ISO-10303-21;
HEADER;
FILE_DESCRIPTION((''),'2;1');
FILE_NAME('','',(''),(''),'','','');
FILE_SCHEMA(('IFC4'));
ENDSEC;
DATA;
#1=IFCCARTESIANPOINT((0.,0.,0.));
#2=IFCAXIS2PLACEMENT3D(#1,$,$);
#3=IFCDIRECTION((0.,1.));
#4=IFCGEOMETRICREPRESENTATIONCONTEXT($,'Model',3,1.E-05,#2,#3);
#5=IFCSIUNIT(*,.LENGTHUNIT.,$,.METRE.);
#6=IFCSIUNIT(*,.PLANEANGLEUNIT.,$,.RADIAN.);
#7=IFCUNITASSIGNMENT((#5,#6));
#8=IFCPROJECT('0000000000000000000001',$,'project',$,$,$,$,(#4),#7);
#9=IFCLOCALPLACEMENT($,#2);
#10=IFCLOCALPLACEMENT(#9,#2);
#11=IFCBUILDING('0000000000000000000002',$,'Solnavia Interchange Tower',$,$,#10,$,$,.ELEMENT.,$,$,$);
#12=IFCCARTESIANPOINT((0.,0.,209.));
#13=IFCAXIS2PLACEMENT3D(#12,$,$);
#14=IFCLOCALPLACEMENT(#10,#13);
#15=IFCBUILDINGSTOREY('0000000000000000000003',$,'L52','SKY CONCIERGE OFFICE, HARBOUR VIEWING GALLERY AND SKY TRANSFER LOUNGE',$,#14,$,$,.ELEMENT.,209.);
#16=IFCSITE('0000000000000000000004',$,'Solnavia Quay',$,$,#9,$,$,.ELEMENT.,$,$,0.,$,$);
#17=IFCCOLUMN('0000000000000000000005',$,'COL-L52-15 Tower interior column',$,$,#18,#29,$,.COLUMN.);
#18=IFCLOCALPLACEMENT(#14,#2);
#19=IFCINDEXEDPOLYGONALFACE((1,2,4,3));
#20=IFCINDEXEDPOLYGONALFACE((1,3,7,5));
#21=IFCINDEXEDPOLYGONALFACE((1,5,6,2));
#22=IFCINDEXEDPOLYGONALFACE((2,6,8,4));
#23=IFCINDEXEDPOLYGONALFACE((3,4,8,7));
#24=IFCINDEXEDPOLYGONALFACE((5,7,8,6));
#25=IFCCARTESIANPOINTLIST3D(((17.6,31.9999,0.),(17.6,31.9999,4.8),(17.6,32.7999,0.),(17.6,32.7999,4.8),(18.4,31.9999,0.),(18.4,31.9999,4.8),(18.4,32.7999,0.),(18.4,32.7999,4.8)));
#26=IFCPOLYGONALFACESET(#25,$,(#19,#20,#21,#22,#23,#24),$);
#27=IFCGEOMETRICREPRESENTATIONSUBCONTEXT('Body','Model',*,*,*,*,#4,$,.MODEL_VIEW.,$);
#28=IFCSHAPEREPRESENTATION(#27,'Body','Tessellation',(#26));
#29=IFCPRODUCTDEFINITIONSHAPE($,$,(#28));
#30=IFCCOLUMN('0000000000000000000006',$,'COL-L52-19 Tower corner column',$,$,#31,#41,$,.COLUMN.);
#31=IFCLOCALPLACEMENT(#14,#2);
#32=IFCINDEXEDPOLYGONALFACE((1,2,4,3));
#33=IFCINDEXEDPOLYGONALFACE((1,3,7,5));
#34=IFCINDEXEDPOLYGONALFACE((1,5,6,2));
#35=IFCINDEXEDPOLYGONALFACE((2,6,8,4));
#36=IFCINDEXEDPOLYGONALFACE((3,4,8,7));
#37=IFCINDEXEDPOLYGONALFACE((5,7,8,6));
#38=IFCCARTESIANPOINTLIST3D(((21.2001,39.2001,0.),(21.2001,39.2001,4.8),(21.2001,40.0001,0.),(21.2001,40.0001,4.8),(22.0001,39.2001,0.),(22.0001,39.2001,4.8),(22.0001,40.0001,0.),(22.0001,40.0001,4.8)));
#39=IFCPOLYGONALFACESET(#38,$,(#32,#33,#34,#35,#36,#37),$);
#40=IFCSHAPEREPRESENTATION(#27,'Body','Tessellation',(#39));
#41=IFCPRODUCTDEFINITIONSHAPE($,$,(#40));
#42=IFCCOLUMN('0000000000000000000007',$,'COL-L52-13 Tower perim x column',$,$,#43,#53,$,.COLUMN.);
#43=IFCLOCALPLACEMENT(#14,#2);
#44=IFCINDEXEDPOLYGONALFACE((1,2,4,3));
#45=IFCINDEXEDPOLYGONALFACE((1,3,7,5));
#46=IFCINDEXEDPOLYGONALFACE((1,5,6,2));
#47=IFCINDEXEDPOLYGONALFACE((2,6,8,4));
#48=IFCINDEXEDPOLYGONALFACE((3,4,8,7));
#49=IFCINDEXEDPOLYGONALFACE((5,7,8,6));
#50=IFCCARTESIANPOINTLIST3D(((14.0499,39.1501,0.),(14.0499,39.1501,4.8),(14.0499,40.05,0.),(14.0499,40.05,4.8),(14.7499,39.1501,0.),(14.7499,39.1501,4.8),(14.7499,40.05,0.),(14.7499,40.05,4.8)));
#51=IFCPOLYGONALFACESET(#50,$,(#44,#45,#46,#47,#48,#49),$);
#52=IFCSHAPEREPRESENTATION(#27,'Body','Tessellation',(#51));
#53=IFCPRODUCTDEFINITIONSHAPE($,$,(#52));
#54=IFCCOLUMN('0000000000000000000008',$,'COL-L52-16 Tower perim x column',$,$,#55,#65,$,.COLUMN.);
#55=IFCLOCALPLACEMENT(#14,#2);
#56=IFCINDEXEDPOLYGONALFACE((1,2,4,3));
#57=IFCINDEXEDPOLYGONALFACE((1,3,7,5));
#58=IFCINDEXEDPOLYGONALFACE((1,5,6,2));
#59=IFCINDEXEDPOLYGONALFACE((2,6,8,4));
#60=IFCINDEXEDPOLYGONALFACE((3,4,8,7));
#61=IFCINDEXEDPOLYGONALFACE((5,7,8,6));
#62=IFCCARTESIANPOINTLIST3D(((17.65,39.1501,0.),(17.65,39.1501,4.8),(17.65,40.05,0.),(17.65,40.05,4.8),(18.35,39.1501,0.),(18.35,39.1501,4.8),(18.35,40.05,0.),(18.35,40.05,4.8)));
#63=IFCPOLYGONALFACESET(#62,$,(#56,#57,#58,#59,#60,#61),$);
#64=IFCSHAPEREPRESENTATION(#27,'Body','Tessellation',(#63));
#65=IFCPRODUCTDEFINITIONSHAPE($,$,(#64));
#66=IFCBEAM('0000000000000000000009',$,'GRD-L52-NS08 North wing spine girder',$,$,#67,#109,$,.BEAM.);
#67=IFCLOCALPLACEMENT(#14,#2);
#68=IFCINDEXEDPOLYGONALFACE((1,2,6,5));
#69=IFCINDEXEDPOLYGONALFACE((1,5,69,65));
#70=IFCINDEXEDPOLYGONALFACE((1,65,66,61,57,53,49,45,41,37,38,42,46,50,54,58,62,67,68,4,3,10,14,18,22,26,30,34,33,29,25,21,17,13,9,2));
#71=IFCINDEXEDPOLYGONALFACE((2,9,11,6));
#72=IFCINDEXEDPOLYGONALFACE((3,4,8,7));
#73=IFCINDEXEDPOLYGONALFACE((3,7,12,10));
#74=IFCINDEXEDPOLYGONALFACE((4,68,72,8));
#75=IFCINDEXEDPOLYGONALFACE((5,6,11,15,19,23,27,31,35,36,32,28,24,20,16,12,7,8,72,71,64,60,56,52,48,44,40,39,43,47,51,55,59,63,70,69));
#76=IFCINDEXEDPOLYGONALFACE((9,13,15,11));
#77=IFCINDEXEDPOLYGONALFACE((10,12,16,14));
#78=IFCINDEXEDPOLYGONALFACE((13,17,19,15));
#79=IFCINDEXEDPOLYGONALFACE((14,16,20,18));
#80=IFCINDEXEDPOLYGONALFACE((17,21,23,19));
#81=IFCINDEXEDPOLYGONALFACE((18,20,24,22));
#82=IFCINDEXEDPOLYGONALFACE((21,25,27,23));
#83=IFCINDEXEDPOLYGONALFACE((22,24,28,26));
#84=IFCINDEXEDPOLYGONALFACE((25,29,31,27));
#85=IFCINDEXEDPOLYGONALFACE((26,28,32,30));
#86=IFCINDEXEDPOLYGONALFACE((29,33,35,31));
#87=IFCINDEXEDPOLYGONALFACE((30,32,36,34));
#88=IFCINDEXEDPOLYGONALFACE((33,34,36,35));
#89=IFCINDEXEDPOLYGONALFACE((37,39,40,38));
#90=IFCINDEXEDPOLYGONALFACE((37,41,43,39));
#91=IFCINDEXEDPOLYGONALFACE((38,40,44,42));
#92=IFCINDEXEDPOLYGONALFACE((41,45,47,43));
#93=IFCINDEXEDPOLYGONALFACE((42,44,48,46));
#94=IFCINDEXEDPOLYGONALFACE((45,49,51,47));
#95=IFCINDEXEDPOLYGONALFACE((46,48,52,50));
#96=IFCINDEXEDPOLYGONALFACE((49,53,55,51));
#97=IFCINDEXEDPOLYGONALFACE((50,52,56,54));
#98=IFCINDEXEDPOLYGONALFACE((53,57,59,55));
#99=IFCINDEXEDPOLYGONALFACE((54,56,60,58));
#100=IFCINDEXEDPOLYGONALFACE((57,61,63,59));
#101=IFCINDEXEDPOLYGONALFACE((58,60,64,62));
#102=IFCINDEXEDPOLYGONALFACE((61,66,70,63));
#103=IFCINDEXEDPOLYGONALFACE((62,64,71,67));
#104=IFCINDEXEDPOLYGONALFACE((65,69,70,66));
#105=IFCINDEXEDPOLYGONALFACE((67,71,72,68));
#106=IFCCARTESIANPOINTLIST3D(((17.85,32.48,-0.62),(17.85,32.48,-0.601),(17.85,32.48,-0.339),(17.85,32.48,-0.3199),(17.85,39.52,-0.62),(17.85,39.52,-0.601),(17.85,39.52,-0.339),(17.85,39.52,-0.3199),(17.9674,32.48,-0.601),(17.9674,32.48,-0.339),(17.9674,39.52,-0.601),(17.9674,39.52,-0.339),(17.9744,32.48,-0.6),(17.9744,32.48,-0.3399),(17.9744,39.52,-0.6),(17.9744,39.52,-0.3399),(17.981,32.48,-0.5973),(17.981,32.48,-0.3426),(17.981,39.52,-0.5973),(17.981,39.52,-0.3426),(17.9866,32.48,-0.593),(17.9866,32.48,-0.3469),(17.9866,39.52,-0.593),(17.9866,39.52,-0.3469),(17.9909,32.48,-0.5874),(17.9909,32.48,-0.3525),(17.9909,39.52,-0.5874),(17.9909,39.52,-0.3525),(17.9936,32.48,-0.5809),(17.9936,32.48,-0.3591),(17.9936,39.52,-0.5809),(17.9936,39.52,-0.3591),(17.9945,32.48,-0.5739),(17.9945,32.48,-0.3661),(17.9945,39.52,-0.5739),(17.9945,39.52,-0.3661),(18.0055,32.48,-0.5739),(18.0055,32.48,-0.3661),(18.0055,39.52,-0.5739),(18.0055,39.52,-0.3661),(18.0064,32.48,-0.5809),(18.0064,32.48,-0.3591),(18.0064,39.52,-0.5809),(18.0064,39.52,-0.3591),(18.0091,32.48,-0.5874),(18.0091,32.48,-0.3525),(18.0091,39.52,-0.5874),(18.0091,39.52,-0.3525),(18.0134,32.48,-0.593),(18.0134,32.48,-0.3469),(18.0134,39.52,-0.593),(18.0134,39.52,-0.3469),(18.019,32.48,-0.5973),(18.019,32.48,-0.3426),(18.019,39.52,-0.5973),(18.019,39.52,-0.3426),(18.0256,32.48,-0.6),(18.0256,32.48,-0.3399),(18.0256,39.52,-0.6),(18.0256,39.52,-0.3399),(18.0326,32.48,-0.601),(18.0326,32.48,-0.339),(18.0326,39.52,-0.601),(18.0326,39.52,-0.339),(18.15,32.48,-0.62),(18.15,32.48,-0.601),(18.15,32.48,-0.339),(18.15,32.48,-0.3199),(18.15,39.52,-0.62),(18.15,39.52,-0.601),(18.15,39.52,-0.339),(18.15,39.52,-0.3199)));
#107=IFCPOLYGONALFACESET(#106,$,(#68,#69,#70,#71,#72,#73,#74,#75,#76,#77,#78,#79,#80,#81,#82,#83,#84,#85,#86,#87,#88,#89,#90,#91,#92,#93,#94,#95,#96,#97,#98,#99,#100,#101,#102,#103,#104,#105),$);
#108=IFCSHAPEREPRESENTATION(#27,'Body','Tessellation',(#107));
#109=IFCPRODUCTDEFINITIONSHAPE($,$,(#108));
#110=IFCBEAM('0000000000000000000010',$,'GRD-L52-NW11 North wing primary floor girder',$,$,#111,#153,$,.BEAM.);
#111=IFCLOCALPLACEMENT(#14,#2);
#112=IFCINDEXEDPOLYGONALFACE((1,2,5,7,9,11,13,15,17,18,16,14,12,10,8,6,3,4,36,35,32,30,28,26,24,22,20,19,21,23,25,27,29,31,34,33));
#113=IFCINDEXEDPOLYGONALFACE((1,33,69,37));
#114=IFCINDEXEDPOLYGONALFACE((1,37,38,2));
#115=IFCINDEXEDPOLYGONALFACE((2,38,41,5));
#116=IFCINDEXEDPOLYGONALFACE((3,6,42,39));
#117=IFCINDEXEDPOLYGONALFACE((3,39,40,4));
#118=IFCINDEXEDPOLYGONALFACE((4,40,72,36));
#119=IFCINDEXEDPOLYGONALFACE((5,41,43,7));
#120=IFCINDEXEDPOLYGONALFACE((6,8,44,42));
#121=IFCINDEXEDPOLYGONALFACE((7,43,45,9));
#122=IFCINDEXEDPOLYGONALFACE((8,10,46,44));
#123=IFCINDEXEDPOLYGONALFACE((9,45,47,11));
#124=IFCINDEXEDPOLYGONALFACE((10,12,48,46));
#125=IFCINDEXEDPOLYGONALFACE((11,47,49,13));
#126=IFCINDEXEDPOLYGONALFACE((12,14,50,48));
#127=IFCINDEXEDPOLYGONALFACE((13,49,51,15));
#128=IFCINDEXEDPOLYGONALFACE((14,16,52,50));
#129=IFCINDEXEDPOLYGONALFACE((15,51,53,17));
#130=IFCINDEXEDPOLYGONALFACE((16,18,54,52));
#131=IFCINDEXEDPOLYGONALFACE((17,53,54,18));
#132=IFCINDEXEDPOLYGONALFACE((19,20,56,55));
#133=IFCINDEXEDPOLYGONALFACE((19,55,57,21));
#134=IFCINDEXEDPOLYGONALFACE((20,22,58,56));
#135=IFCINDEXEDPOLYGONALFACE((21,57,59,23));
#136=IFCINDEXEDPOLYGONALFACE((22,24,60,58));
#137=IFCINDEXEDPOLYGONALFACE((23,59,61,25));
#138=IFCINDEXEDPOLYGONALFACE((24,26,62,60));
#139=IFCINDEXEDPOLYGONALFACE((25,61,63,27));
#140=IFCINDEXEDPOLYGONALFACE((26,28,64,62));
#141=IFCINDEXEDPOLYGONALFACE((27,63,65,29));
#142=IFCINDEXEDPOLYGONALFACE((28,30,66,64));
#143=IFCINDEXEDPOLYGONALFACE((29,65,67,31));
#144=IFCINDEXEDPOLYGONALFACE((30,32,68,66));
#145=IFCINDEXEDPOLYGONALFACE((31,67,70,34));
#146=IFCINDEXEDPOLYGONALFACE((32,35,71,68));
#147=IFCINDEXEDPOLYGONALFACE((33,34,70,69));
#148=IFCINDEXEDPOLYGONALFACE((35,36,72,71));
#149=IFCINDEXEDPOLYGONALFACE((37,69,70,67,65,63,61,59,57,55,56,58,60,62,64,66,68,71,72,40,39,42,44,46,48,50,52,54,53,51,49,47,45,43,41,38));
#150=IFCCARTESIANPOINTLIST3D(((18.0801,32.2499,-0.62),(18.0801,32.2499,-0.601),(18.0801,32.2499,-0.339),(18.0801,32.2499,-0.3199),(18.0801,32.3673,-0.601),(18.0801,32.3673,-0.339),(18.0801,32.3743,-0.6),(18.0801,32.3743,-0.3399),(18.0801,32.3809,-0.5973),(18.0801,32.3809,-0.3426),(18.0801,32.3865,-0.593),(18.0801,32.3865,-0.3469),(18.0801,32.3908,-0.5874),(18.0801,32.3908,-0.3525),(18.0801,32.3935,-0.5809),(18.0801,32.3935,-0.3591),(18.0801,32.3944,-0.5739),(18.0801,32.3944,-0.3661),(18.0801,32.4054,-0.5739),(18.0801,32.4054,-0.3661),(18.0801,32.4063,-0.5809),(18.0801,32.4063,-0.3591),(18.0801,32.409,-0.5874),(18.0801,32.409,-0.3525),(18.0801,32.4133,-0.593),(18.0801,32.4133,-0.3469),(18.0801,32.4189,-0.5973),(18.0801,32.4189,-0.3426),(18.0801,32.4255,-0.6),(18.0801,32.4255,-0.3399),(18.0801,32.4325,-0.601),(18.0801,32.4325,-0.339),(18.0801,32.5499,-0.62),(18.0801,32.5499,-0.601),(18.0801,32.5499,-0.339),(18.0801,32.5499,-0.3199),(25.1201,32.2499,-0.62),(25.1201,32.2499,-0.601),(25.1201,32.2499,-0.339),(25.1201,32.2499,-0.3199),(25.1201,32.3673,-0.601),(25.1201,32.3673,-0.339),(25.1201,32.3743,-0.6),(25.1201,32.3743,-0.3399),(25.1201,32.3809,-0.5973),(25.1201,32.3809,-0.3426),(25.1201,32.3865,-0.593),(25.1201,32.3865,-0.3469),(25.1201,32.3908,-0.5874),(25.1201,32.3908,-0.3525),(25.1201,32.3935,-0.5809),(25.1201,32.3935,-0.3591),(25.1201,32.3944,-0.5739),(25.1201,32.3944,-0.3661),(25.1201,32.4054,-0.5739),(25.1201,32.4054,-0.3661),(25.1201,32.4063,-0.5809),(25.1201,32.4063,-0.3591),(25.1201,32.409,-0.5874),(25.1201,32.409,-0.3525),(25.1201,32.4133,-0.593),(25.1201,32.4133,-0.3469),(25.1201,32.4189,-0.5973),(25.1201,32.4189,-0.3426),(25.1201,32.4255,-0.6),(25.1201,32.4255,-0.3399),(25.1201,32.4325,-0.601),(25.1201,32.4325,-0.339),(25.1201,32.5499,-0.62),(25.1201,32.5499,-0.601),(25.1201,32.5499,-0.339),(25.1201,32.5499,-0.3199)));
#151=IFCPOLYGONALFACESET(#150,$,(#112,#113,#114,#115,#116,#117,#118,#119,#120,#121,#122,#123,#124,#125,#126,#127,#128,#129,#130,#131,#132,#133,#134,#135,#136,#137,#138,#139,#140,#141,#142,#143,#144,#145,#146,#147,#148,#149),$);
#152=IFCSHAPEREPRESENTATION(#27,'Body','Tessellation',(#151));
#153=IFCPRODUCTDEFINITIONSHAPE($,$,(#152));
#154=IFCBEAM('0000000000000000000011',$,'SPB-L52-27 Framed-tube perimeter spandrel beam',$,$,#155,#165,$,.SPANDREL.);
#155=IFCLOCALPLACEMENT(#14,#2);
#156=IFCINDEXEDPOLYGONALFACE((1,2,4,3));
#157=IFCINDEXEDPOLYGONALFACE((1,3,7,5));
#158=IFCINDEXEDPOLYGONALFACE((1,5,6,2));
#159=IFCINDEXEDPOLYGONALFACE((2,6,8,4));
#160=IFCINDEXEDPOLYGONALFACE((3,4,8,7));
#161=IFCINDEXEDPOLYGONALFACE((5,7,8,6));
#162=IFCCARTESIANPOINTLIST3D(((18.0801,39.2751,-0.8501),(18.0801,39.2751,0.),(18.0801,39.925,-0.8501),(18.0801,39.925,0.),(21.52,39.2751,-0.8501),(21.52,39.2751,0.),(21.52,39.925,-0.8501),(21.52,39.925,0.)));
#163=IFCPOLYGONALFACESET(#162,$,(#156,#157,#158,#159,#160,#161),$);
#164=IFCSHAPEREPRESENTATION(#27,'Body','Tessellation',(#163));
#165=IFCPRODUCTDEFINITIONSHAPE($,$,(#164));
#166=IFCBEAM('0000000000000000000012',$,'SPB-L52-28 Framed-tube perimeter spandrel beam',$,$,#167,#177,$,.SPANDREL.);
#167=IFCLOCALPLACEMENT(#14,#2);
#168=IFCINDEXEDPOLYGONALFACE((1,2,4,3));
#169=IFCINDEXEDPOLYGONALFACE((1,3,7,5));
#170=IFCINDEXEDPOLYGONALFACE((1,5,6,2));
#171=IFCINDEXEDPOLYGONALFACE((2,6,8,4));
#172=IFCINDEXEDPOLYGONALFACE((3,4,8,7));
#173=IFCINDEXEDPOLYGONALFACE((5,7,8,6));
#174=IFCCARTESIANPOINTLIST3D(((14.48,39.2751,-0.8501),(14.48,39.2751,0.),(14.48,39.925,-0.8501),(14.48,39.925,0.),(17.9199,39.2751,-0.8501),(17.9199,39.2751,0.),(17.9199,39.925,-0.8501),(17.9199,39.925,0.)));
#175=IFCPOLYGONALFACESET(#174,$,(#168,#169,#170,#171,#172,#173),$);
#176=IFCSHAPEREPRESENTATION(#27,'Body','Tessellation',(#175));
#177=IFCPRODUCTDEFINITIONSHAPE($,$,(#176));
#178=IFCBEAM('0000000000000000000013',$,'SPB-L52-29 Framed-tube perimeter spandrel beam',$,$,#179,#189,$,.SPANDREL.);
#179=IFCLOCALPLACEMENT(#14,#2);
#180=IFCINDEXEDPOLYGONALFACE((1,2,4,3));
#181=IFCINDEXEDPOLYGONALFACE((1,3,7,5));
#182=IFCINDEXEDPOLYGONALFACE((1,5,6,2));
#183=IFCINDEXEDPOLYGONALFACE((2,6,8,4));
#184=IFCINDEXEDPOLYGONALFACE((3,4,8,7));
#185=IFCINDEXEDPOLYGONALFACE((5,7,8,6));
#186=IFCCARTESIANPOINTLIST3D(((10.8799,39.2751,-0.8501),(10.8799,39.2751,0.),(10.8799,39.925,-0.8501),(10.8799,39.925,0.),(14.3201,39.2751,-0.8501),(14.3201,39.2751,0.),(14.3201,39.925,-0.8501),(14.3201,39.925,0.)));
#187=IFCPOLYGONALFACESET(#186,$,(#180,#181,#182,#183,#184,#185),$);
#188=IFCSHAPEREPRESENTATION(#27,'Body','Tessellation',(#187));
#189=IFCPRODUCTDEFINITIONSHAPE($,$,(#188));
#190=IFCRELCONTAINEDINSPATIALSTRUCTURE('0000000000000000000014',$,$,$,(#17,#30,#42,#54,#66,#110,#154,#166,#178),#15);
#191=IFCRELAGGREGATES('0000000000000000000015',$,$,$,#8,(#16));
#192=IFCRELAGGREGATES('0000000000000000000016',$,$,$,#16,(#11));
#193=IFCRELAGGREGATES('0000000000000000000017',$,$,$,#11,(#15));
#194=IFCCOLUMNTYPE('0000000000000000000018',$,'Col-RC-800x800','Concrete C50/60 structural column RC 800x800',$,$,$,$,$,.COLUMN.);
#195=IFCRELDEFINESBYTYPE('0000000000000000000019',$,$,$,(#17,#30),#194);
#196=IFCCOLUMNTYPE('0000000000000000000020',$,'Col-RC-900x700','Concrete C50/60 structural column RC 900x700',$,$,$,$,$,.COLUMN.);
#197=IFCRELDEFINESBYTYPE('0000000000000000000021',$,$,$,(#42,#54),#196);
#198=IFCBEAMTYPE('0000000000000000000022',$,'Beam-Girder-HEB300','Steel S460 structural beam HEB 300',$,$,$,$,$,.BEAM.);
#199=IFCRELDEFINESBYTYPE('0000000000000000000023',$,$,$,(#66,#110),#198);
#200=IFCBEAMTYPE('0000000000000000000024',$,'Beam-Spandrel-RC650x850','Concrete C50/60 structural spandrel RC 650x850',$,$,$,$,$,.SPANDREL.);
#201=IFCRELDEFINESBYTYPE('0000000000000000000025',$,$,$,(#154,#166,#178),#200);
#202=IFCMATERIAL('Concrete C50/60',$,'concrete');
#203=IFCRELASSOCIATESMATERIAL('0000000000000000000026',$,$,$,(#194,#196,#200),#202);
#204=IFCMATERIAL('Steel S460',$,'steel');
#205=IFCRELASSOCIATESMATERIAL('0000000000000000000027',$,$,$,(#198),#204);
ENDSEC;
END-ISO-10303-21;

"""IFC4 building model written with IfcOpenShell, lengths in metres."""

from ifc_helpers import new_model, si_unit, direction, frame, origin, origin_2d, place, context, subcontext, project, spatial, rectangle, i_section, extrude, material, material_profile, profile_set, type_object, element, save


model = new_model("IFC4")

# Units and contexts
model_context = context("Model", 3, precision=1e-05, world=origin(), true_north=direction((0.0, 1.0)))
body_context = subcontext(model_context, "Body", "Model", "MODEL_VIEW")
ifc_project = project(units=[si_unit("LENGTHUNIT", "METRE"), si_unit("PLANEANGLEUNIT", "RADIAN")], contexts=[model_context])

# Site, building, storey
site_placement = place(None, origin())
site = spatial("IfcSite", under=ifc_project, at=site_placement, Name="Solnavia Quay", CompositionType="ELEMENT", RefElevation=0.0)
building_placement = place(site_placement, origin())
building = spatial("IfcBuilding", under=site, at=building_placement, Name="Solnavia Interchange Tower", CompositionType="ELEMENT")
storey_placement = place(building_placement, frame((0.0, 0.0, 209.0)))
storey = spatial("IfcBuildingStorey", under=building, at=storey_placement, Name="L52", Description="SKY CONCIERGE OFFICE, HARBOUR VIEWING GALLERY AND SKY TRANSFER LOUNGE", CompositionType="ELEMENT", Elevation=209.0)

# Columns
ifc_material_1 = material(Name="Concrete C50/60", Category="concrete")
ifc_material_profile_1 = material_profile(ifc_material_1, rectangle(XDim=0.8, YDim=0.8, at=origin_2d()), Name="RC 800x800")
ifc_profile_set_1 = profile_set([ifc_material_profile_1], Name="Concrete C50/60")
column_type_1 = type_object("IfcColumnType", Name="Col-RC-800x800", Description="Concrete C50/60 structural column RC 800x800", PredefinedType="COLUMN", material=ifc_profile_set_1)
for number, where, z_axis, x_axis, name in (
    (1, (18.0, 32.3999, 0.0), (0.0, 0.0, 1.0), (1.0, 0.0, 0.0), "COL-L52-15 Tower interior column"),
    (2, (21.6001, 39.6001, 0.0), (0.0, 0.0, 1.0), (1.0, 0.0, 0.0), "COL-L52-19 Tower corner column"),
):
    element("IfcColumn", number, at=place(storey_placement, frame(where, z_axis=z_axis, x_axis=x_axis)), inside=storey, type_object=column_type_1, Name=name, PredefinedType="COLUMN", context=body_context, shape_type="SweptSolid", body=[
        extrude(rectangle(XDim=0.8, YDim=0.8, at=origin_2d()), origin(), (0.0, 0.0, 1.0), 4.8),
    ])
ifc_material_profile_2 = material_profile(ifc_material_1, rectangle(XDim=0.7, YDim=0.8999, at=origin_2d()), Name="RC 900x700")
ifc_profile_set_2 = profile_set([ifc_material_profile_2], Name="Concrete C50/60")
column_type_2 = type_object("IfcColumnType", Name="Col-RC-900x700", Description="Concrete C50/60 structural column RC 900x700", PredefinedType="COLUMN", material=ifc_profile_set_2)
for number, where, z_axis, x_axis, name in (
    (3, (14.3999, 39.6001, 0.0), (0.0, 0.0, 1.0), (1.0, 0.0, 0.0), "COL-L52-13 Tower perim x column"),
    (4, (18.0, 39.6001, 0.0), (0.0, 0.0, 1.0), (1.0, 0.0, 0.0), "COL-L52-16 Tower perim x column"),
):
    element("IfcColumn", number, at=place(storey_placement, frame(where, z_axis=z_axis, x_axis=x_axis)), inside=storey, type_object=column_type_2, Name=name, PredefinedType="COLUMN", context=body_context, shape_type="SweptSolid", body=[
        extrude(rectangle(XDim=0.7, YDim=0.8999, at=origin_2d()), origin(), (0.0, 0.0, 1.0), 4.8),
    ])

# Beams
ifc_material_2 = material(Name="Steel S460", Category="steel")
ifc_material_profile_3 = material_profile(ifc_material_2, i_section(OverallWidth=0.3, OverallDepth=0.3, WebThickness=0.011, FlangeThickness=0.019, FilletRadius=0.0271, at=origin_2d()), Name="HEB 300")
ifc_profile_set_3 = profile_set([ifc_material_profile_3], Name="Steel S460")
beam_type_1 = type_object("IfcBeamType", Name="Beam-Girder-HEB300", Description="Steel S460 structural beam HEB 300", PredefinedType="BEAM", material=ifc_profile_set_3)
for number, where, z_axis, x_axis, name in (
    (5, (18.0, 32.48, -0.47), (0.0, 1.0, 0.0), (-1.0, 0.0, 0.0), "GRD-L52-NS08 North wing spine girder"),
    (6, (18.0801, 32.3999, -0.47), (1.0, 0.0, 0.0), (0.0, 1.0, 0.0), "GRD-L52-NW11 North wing primary floor girder"),
):
    element("IfcBeam", number, at=place(storey_placement, frame(where, z_axis=z_axis, x_axis=x_axis)), inside=storey, type_object=beam_type_1, Name=name, PredefinedType="BEAM", context=body_context, shape_type="SweptSolid", body=[
        extrude(i_section(OverallWidth=0.3, OverallDepth=0.3, WebThickness=0.011, FlangeThickness=0.019, FilletRadius=0.0271, at=origin_2d()), origin(), (0.0, 0.0, 1.0), 7.04),
    ])
ifc_material_profile_4 = material_profile(ifc_material_1, rectangle(XDim=0.6499, YDim=0.8501, at=origin_2d()), Name="RC 650x850")
ifc_profile_set_4 = profile_set([ifc_material_profile_4], Name="Concrete C50/60")
beam_type_2 = type_object("IfcBeamType", Name="Beam-Spandrel-RC650x850", Description="Concrete C50/60 structural spandrel RC 650x850", PredefinedType="SPANDREL", material=ifc_profile_set_4)
for number, where, z_axis, x_axis, name in (
    (7, (21.52, 39.6001, -0.425), (-1.0, 0.0, 0.0), (0.0, -1.0, 0.0), "SPB-L52-27 Framed-tube perimeter spandrel beam"),
    (8, (17.9199, 39.6001, -0.425), (-1.0, 0.0, 0.0), (0.0, -1.0, 0.0), "SPB-L52-28 Framed-tube perimeter spandrel beam"),
):
    element("IfcBeam", number, at=place(storey_placement, frame(where, z_axis=z_axis, x_axis=x_axis)), inside=storey, type_object=beam_type_2, Name=name, PredefinedType="SPANDREL", context=body_context, shape_type="SweptSolid", body=[
        extrude(rectangle(XDim=0.6499, YDim=0.8501, at=origin_2d()), origin(), (0.0, 0.0, 1.0), 3.4399),
    ])
beam_placement = place(storey_placement, frame((14.3201, 39.6001, -0.425), z_axis=(-1.0, 0.0, 0.0), x_axis=(0.0, -1.0, 0.0)))
element("IfcBeam", 9, at=beam_placement, inside=storey, type_object=beam_type_2, Name="SPB-L52-29 Framed-tube perimeter spandrel beam", PredefinedType="SPANDREL", context=body_context, shape_type="SweptSolid", body=[
    extrude(rectangle(XDim=0.6499, YDim=0.8501, at=origin_2d()), origin(), (0.0, 0.0, 1.0), 3.4402),
])

save(model, "model.ifc")
